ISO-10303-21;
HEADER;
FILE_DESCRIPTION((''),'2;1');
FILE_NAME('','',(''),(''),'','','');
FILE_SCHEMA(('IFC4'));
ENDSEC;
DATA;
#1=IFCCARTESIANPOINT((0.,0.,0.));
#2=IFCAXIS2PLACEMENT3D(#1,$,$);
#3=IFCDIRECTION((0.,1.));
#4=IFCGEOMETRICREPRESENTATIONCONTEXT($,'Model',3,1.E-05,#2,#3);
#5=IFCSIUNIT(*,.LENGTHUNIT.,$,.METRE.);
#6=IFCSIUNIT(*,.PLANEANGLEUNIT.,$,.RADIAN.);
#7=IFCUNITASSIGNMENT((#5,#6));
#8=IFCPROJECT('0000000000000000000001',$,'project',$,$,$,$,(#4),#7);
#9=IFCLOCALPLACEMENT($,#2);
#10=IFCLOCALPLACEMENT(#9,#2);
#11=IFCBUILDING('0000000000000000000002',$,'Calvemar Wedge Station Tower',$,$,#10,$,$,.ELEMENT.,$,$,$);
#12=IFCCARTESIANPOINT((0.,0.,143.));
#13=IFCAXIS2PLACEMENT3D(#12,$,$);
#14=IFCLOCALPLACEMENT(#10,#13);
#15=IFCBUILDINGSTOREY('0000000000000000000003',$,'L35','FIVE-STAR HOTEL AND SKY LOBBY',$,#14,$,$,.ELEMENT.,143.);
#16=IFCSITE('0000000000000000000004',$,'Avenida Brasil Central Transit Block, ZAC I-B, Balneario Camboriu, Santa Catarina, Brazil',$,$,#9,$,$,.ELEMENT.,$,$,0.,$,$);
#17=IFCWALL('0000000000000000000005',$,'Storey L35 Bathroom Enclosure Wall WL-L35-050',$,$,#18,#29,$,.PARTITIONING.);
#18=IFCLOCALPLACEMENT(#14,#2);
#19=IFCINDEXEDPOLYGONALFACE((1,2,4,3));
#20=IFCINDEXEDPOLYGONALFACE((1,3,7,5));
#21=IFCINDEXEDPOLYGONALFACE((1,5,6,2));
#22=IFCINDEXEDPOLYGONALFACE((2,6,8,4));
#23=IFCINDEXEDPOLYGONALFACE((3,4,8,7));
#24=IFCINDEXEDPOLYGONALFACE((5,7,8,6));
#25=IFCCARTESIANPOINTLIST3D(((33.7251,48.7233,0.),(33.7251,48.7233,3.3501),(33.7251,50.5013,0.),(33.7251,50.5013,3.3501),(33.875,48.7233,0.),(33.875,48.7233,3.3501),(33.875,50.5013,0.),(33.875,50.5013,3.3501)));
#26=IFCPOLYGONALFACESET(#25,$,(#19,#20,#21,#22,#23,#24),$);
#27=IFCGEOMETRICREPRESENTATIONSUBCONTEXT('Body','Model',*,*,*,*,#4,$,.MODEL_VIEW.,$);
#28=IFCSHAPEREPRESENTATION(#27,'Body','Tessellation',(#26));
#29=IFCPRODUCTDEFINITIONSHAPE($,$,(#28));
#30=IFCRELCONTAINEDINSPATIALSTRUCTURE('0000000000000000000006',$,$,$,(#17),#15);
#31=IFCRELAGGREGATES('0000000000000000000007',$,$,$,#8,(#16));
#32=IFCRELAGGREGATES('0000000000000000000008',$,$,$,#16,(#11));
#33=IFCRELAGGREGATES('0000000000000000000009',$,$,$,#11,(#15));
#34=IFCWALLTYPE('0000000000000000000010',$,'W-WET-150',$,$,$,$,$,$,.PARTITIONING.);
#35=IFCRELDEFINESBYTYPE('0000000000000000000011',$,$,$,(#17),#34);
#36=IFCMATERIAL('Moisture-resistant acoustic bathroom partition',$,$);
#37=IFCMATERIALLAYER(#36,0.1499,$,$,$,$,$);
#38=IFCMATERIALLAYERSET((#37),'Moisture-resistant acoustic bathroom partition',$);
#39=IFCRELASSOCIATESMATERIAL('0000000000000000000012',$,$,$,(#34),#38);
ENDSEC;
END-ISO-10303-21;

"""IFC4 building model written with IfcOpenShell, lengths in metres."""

from ifc_helpers import new_model, si_unit, direction, frame, frame_2d, origin, place, context, subcontext, project, spatial, rectangle, extrude, material, layer, layer_set, type_object, element, save


model = new_model("IFC4")

# Units and contexts
model_context = context("Model", 3, precision=1e-05, world=origin(), true_north=direction((0.0, 1.0)))
body_context = subcontext(model_context, "Body", "Model", "MODEL_VIEW")
ifc_project = project(units=[si_unit("LENGTHUNIT", "METRE"), si_unit("PLANEANGLEUNIT", "RADIAN")], contexts=[model_context])

# Site, building, storey
site_placement = place(None, origin())
site = spatial("IfcSite", under=ifc_project, at=site_placement, Name="Avenida Brasil Central Transit Block, ZAC I-B, Balneario Camboriu, Santa Catarina, Brazil", CompositionType="ELEMENT", RefElevation=0.0)
building_placement = place(site_placement, origin())
building = spatial("IfcBuilding", under=site, at=building_placement, Name="Calvemar Wedge Station Tower", CompositionType="ELEMENT")
storey_placement = place(building_placement, frame((0.0, 0.0, 143.0)))
storey = spatial("IfcBuildingStorey", under=building, at=storey_placement, Name="L35", Description="FIVE-STAR HOTEL AND SKY LOBBY", CompositionType="ELEMENT", Elevation=143.0)

# Shared definitions
ifc_material_1 = material(Name="Moisture-resistant acoustic bathroom partition")
ifc_layer_1 = layer(ifc_material_1, 0.1499)
ifc_layer_set_1 = layer_set([ifc_layer_1], Name="Moisture-resistant acoustic bathroom partition")
wall_type_1 = type_object("IfcWallType", Name="W-WET-150", PredefinedType="PARTITIONING", material=ifc_layer_set_1)

# Wall
wall_1_placement = place(storey_placement, frame((33.8, 48.7231, 0.0), z_axis=(0.0, 0.0, 1.0), x_axis=(0.0, 1.0, 0.0)))
element("IfcWall", 1, at=wall_1_placement, inside=storey, type_object=wall_type_1, Name="Storey L35 Bathroom Enclosure Wall WL-L35-050", PredefinedType="PARTITIONING", context=body_context, shape_type="SweptSolid", body=[
    extrude(rectangle(XDim=1.7781, YDim=0.1499, at=frame_2d((0.8892, 0.0))), origin(), (0.0, 0.0, 1.0), 3.3501),
])

save(model, "model.ifc")
